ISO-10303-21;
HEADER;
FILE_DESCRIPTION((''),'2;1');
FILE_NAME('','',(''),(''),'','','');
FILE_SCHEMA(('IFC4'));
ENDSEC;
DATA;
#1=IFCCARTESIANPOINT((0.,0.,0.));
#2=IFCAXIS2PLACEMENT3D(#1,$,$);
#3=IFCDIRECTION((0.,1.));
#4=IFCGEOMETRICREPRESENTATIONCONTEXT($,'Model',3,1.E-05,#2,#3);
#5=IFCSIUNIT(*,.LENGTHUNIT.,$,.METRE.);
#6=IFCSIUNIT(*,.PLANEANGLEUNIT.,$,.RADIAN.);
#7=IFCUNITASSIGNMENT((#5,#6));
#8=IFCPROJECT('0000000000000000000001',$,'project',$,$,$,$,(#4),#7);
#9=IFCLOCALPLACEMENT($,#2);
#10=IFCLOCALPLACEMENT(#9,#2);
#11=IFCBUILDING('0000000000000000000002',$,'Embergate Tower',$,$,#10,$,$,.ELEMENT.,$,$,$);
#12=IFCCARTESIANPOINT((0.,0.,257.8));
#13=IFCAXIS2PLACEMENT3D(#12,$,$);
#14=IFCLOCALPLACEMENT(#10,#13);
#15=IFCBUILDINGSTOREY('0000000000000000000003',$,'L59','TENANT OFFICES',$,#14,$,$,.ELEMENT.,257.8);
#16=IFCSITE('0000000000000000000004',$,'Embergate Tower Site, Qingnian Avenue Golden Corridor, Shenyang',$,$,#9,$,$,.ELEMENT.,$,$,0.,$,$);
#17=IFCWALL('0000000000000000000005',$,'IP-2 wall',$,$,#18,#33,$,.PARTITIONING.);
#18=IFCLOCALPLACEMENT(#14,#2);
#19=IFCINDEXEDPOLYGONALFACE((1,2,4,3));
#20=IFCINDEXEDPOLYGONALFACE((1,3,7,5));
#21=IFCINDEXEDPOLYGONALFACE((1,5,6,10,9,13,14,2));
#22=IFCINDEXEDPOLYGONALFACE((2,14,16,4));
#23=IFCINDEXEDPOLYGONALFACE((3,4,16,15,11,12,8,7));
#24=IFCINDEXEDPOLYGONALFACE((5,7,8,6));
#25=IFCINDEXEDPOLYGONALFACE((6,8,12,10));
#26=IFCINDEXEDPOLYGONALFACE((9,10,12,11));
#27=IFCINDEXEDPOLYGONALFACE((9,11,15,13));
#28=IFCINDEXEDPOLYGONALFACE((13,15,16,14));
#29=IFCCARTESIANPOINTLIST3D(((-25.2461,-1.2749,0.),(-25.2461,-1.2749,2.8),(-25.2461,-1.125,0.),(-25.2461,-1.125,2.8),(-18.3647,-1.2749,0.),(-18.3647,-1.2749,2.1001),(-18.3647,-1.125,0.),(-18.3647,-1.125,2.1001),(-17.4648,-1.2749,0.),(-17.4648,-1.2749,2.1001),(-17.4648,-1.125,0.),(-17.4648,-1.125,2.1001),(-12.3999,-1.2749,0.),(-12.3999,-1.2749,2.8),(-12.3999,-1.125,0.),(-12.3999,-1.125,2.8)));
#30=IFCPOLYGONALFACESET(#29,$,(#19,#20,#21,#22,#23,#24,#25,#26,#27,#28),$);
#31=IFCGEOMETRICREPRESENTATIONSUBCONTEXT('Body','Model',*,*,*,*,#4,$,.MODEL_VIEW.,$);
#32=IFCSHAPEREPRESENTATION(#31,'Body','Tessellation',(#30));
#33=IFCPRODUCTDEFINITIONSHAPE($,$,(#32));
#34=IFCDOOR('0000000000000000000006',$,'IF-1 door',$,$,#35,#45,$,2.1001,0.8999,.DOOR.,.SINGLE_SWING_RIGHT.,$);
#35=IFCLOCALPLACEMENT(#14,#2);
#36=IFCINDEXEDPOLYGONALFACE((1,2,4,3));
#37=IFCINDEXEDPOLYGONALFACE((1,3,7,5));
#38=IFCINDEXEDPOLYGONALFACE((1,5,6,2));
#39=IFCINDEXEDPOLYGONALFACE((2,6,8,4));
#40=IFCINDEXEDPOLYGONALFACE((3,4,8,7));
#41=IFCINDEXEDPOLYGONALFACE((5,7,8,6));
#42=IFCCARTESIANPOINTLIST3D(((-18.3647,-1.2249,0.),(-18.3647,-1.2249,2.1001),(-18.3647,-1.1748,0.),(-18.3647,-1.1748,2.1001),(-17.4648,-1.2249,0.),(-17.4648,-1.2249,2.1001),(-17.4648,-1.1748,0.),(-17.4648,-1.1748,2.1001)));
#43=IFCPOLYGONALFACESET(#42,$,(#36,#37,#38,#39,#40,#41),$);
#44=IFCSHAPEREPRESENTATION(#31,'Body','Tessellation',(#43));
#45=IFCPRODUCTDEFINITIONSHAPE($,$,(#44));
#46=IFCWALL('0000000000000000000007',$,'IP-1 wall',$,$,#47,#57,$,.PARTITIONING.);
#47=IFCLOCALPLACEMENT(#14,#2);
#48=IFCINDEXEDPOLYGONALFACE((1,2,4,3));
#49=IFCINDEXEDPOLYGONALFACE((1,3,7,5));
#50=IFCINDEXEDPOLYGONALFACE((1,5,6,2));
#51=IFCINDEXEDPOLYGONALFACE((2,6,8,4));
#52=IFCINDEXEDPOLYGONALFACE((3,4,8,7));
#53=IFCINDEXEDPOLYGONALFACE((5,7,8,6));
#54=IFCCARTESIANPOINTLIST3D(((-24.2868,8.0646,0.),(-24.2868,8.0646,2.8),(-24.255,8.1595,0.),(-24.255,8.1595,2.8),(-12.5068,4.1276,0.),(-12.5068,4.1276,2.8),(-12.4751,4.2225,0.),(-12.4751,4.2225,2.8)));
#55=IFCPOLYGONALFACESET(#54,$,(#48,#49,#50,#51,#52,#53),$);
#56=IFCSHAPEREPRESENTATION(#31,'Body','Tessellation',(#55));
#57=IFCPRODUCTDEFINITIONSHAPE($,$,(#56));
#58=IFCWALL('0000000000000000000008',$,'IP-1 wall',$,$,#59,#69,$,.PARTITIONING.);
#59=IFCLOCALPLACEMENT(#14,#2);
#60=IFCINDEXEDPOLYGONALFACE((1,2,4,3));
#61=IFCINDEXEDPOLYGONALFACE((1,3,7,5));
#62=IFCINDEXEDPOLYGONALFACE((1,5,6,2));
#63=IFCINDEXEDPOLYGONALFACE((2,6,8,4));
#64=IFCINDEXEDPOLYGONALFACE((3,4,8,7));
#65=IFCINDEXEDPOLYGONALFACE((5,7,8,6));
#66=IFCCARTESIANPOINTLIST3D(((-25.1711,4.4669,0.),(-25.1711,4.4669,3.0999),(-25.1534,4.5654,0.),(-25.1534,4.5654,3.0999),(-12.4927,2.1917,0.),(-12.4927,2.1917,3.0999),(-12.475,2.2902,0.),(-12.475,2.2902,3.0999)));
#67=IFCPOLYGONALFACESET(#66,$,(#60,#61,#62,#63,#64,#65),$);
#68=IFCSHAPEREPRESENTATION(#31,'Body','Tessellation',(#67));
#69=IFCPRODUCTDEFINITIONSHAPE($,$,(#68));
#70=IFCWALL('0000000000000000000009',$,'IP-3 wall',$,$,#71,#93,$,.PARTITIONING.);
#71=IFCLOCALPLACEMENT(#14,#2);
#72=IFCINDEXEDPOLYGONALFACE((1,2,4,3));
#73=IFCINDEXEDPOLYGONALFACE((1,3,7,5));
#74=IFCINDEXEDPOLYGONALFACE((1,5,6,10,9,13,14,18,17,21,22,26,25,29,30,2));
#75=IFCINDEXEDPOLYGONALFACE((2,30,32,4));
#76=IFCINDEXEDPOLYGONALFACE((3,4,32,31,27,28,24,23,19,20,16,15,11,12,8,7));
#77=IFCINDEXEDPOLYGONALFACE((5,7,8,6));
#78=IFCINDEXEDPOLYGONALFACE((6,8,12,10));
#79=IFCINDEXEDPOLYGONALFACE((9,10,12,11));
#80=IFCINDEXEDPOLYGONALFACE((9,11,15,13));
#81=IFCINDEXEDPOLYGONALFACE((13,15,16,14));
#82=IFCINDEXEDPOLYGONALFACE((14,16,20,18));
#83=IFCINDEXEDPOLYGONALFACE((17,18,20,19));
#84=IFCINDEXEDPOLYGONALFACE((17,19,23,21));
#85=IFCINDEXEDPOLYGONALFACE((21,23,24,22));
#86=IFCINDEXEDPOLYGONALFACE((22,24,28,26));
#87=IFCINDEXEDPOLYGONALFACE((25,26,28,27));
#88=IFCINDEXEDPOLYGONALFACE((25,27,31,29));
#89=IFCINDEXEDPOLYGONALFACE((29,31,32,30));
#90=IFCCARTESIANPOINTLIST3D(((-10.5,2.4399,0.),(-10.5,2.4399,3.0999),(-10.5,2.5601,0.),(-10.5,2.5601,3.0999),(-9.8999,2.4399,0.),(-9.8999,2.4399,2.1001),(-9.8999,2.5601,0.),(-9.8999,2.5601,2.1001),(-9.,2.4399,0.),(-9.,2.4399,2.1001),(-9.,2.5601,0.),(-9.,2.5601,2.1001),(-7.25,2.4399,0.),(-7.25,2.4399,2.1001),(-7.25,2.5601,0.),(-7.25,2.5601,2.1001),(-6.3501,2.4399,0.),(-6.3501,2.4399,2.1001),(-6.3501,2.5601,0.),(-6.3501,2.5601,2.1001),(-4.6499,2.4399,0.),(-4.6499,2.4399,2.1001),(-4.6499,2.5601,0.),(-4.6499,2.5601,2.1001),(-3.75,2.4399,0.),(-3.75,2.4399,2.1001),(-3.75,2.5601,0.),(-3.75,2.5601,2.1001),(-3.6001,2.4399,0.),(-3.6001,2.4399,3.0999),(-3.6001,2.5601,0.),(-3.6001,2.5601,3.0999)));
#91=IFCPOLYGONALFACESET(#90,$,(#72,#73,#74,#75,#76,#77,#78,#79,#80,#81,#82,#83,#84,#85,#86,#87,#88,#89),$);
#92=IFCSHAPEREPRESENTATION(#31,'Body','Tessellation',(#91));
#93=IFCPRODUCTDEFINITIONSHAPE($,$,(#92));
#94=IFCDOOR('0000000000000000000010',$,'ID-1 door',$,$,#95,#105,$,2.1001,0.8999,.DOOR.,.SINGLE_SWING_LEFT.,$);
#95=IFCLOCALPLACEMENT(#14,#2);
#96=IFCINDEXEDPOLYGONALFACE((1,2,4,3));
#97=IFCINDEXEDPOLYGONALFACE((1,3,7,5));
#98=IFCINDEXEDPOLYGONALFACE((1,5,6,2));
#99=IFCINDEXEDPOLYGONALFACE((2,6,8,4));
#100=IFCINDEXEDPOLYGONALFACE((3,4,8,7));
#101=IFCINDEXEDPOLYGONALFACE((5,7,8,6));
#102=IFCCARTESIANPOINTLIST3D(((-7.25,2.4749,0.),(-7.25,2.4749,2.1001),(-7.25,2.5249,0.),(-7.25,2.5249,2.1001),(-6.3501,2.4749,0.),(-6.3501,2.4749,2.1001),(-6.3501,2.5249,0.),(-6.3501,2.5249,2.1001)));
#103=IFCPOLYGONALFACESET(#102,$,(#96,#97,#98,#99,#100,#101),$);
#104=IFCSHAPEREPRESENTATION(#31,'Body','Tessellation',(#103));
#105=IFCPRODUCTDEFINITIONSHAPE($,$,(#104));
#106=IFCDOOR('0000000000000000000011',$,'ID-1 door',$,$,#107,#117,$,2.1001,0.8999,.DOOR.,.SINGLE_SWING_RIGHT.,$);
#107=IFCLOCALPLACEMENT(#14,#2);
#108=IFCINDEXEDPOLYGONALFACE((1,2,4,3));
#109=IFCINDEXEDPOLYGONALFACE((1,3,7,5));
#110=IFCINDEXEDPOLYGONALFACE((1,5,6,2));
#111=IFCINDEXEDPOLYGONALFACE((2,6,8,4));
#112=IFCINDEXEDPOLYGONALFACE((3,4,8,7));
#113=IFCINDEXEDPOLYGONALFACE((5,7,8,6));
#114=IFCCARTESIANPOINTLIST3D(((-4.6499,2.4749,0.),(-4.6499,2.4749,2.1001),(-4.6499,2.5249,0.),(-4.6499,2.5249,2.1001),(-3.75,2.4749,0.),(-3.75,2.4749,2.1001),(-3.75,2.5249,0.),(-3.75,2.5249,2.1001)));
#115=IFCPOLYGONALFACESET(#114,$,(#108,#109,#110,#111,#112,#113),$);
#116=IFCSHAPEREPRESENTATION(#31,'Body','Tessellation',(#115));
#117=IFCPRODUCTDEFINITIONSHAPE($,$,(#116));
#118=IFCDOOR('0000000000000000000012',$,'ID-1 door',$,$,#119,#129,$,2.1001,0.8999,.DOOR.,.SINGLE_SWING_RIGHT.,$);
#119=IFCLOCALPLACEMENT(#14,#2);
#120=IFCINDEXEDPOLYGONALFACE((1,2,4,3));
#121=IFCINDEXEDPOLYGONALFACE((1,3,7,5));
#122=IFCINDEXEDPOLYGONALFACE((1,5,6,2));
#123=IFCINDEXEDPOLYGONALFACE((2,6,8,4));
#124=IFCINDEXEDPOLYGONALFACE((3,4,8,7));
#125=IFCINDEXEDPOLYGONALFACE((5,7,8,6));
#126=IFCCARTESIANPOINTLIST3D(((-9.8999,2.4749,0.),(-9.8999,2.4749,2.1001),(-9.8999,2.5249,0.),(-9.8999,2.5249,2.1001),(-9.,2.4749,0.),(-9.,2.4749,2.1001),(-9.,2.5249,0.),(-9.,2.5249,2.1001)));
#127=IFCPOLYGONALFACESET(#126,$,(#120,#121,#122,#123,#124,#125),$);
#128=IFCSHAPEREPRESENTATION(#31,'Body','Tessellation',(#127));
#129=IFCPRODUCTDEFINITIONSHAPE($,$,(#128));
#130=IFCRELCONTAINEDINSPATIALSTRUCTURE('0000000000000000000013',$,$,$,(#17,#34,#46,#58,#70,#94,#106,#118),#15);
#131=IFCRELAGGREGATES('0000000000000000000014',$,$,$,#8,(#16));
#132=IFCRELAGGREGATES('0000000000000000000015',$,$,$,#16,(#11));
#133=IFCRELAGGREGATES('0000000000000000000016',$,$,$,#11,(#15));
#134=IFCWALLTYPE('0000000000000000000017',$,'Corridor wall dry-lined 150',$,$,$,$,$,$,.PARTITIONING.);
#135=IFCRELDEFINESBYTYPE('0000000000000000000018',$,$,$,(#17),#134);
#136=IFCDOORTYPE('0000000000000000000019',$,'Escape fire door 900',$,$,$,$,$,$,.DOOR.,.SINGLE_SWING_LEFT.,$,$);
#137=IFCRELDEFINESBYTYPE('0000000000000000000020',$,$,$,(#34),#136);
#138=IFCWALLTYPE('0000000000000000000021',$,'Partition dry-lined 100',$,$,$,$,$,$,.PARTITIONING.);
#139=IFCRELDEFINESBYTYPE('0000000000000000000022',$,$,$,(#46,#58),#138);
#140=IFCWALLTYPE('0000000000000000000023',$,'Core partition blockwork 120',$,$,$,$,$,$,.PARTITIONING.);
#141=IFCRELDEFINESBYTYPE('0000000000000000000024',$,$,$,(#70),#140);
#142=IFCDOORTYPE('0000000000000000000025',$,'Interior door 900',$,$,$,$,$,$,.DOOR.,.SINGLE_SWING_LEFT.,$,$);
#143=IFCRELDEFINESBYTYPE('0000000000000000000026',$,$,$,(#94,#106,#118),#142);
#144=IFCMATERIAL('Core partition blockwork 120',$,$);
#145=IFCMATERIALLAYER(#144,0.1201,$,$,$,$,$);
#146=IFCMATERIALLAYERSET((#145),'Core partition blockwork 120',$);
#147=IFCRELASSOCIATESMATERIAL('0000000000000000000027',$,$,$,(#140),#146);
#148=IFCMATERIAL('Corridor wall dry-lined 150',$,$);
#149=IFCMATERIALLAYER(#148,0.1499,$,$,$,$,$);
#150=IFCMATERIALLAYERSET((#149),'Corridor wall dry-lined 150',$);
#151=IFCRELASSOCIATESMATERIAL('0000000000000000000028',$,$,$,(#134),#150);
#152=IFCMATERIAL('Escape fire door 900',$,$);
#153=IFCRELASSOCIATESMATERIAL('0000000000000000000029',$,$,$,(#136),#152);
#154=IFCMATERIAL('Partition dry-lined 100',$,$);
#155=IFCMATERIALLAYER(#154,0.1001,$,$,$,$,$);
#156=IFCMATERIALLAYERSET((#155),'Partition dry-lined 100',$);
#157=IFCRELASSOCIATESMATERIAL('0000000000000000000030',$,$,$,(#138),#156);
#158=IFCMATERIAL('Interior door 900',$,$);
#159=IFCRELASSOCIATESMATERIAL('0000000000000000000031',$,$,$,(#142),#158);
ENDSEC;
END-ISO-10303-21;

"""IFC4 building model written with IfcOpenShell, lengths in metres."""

from ifc_helpers import new_model, si_unit, direction, frame, frame_2d, origin, place, context, subcontext, project, spatial, rectangle, extrude, source, transform, mapped, material, layer, layer_set, type_object, element, fill, save


model = new_model("IFC4")

# Units and contexts
model_context = context("Model", 3, precision=1e-05, world=origin(), true_north=direction((0.0, 1.0)))
body_context = subcontext(model_context, "Body", "Model", "MODEL_VIEW")
ifc_project = project(units=[si_unit("LENGTHUNIT", "METRE"), si_unit("PLANEANGLEUNIT", "RADIAN")], contexts=[model_context])

# Site, building, storey
site_placement = place(None, origin())
site = spatial("IfcSite", under=ifc_project, at=site_placement, Name="Embergate Tower Site, Qingnian Avenue Golden Corridor, Shenyang", CompositionType="ELEMENT", RefElevation=0.0)
building_placement = place(site_placement, origin())
building = spatial("IfcBuilding", under=site, at=building_placement, Name="Embergate Tower", CompositionType="ELEMENT")
storey_placement = place(building_placement, frame((0.0, 0.0, 257.8)))
storey = spatial("IfcBuildingStorey", under=building, at=storey_placement, Name="L59", Description="TENANT OFFICES", CompositionType="ELEMENT", Elevation=257.8)

# Shared definitions
ifc_material_1 = material(Name="Core partition blockwork 120")
ifc_layer_1 = layer(ifc_material_1, 0.1201)
ifc_layer_set_1 = layer_set([ifc_layer_1], Name="Core partition blockwork 120")
wall_type_1 = type_object("IfcWallType", Name="Core partition blockwork 120", PredefinedType="PARTITIONING", material=ifc_layer_set_1)

# Wall, opening, door
ifc_material_2 = material(Name="Corridor wall dry-lined 150")
ifc_layer_2 = layer(ifc_material_2, 0.1499)
ifc_layer_set_2 = layer_set([ifc_layer_2], Name="Corridor wall dry-lined 150")
wall_type_2 = type_object("IfcWallType", Name="Corridor wall dry-lined 150", PredefinedType="PARTITIONING", material=ifc_layer_set_2)
shared_shape_1 = source(origin(), body_context, "Body", "SweptSolid", [
    extrude(rectangle(XDim=12.8462, YDim=0.1499, at=frame_2d((6.4231, 0.0))), origin(), (0.0, 0.0, 1.0), 2.8),
])
wall_1_placement = place(storey_placement, frame((-12.3999, -1.2, 0.0), z_axis=(0.0, 0.0, 1.0), x_axis=(-1.0, 0.0, 0.0)))
wall_1 = element("IfcWall", 1, at=wall_1_placement, inside=storey, type_object=wall_type_2, Name="IP-2 wall", PredefinedType="PARTITIONING", context=body_context, shape_type="MappedRepresentation", body=[
    mapped(shared_shape_1, transform((0.0, 0.0, 0.0))),
])
shared_shape_2 = source(origin(), body_context, "Body", "SweptSolid", [
    extrude(rectangle(XDim=0.8999, YDim=2.1001, at=frame_2d((0.45, 1.05))), frame((0.0, 0.085, 0.0), z_axis=(0.0, -1.0, 0.0), x_axis=(1.0, 0.0, 0.0)), (0.0, 0.0, 1.0), 0.1699),
])
opening_1_placement = place(wall_1_placement, frame((5.0649, 0.0, 0.0)))
opening_1 = element("IfcOpeningElement", 2, at=opening_1_placement, cuts=wall_1, PredefinedType="OPENING", context=body_context, shape_type="MappedRepresentation", body=[
    mapped(shared_shape_2, transform((0.0, 0.0, 0.0))),
])
ifc_material_3 = material(Name="Escape fire door 900")
door_type_1 = type_object("IfcDoorType", Name="Escape fire door 900", OperationType="SINGLE_SWING_LEFT", PredefinedType="DOOR", material=ifc_material_3)
shared_shape_3 = source(origin(), body_context, "Body", "SweptSolid", [
    extrude(rectangle(XDim=0.8999, YDim=2.1001, at=frame_2d((0.45, 1.05))), frame((0.0, 0.0249, 0.0), z_axis=(0.0, -1.0, 0.0), x_axis=(1.0, 0.0, 0.0)), (0.0, 0.0, 1.0), 0.05),
])
door_1_placement = place(opening_1_placement, origin())
door_1 = element("IfcDoor", 3, at=door_1_placement, inside=storey, type_object=door_type_1, Name="IF-1 door", OperationType="SINGLE_SWING_RIGHT", OverallHeight=2.1001, OverallWidth=0.8999, PredefinedType="DOOR", context=body_context, shape_type="MappedRepresentation", body=[
    mapped(shared_shape_3, transform((0.0, 0.0, 0.0))),
])
fill(opening_1, door_1)

# Walls
ifc_material_4 = material(Name="Partition dry-lined 100")
ifc_layer_3 = layer(ifc_material_4, 0.1001)
ifc_layer_set_3 = layer_set([ifc_layer_3], Name="Partition dry-lined 100")
wall_type_3 = type_object("IfcWallType", Name="Partition dry-lined 100", PredefinedType="PARTITIONING", material=ifc_layer_set_3)
shared_shape_4 = source(origin(), body_context, "Body", "SweptSolid", [
    extrude(rectangle(XDim=12.4204, YDim=0.1001, at=frame_2d((6.2102, 0.0))), origin(), (0.0, 0.0, 1.0), 2.8),
])
wall_2_placement = place(storey_placement, frame((-12.491, 4.175, 0.0), z_axis=(0.0, 0.0, 1.0), x_axis=(-0.948433, 0.316977, 0.0)))
element("IfcWall", 4, at=wall_2_placement, inside=storey, type_object=wall_type_3, Name="IP-1 wall", PredefinedType="PARTITIONING", context=body_context, shape_type="MappedRepresentation", body=[
    mapped(shared_shape_4, transform((0.0, 0.0, 0.0))),
])
shared_shape_5 = source(origin(), body_context, "Body", "SweptSolid", [
    extrude(rectangle(XDim=12.8809, YDim=0.1001, at=frame_2d((6.4404, 0.0))), origin(), (0.0, 0.0, 1.0), 3.0999),
])
wall_3_placement = place(storey_placement, frame((-12.4839, 2.241, 0.0), z_axis=(0.0, 0.0, 1.0), x_axis=(-0.984277, 0.176632, 0.0)))
element("IfcWall", 5, at=wall_3_placement, inside=storey, type_object=wall_type_3, Name="IP-1 wall", PredefinedType="PARTITIONING", context=body_context, shape_type="MappedRepresentation", body=[
    mapped(shared_shape_5, transform((0.0, 0.0, 0.0))),
])

# Wall, openings, doors
shared_shape_6 = source(origin(), body_context, "Body", "SweptSolid", [
    extrude(rectangle(XDim=6.8999, YDim=0.1201, at=frame_2d((3.45, 0.0))), origin(), (0.0, 0.0, 1.0), 3.0999),
])
wall_4_placement = place(storey_placement, frame((-10.5, 2.5, 0.0), z_axis=(0.0, 0.0, 1.0), x_axis=(1.0, 0.0, 0.0)))
wall_4 = element("IfcWall", 6, at=wall_4_placement, inside=storey, type_object=wall_type_1, Name="IP-3 wall", PredefinedType="PARTITIONING", context=body_context, shape_type="MappedRepresentation", body=[
    mapped(shared_shape_6, transform((0.0, 0.0, 0.0))),
])
shared_shape_7 = source(origin(), body_context, "Body", "SweptSolid", [
    extrude(rectangle(XDim=0.8999, YDim=2.1001, at=frame_2d((0.45, 1.05))), frame((0.0, 0.0701, 0.0), z_axis=(0.0, -1.0, 0.0), x_axis=(1.0, 0.0, 0.0)), (0.0, 0.0, 1.0), 0.1401),
])
opening_2_placement = place(wall_4_placement, frame((3.25, 0.0, 0.0)))
opening_2 = element("IfcOpeningElement", 7, at=opening_2_placement, cuts=wall_4, PredefinedType="OPENING", context=body_context, shape_type="MappedRepresentation", body=[
    mapped(shared_shape_7, transform((0.0, 0.0, 0.0))),
])
opening_3_placement = place(wall_4_placement, frame((5.8501, 0.0, 0.0)))
opening_3 = element("IfcOpeningElement", 8, at=opening_3_placement, cuts=wall_4, PredefinedType="OPENING", context=body_context, shape_type="MappedRepresentation", body=[
    mapped(shared_shape_7, transform((0.0, 0.0, 0.0))),
])
opening_4_placement = place(wall_4_placement, frame((0.6001, 0.0, 0.0)))
opening_4 = element("IfcOpeningElement", 9, at=opening_4_placement, cuts=wall_4, PredefinedType="OPENING", context=body_context, shape_type="MappedRepresentation", body=[
    mapped(shared_shape_7, transform((0.0, 0.0, 0.0))),
])
ifc_material_5 = material(Name="Interior door 900")
door_type_2 = type_object("IfcDoorType", Name="Interior door 900", OperationType="SINGLE_SWING_LEFT", PredefinedType="DOOR", material=ifc_material_5)
door_2_placement = place(opening_2_placement, origin())
door_2 = element("IfcDoor", 10, at=door_2_placement, inside=storey, type_object=door_type_2, Name="ID-1 door", OperationType="SINGLE_SWING_LEFT", OverallHeight=2.1001, OverallWidth=0.8999, PredefinedType="DOOR", context=body_context, shape_type="MappedRepresentation", body=[
    mapped(shared_shape_3, transform((0.0, 0.0, 0.0))),
])
fill(opening_2, door_2)
door_3_placement = place(opening_3_placement, origin())
door_3 = element("IfcDoor", 11, at=door_3_placement, inside=storey, type_object=door_type_2, Name="ID-1 door", OperationType="SINGLE_SWING_RIGHT", OverallHeight=2.1001, OverallWidth=0.8999, PredefinedType="DOOR", context=body_context, shape_type="MappedRepresentation", body=[
    mapped(shared_shape_3, transform((0.0, 0.0, 0.0))),
])
fill(opening_3, door_3)
door_4_placement = place(opening_4_placement, origin())
door_4 = element("IfcDoor", 12, at=door_4_placement, inside=storey, type_object=door_type_2, Name="ID-1 door", OperationType="SINGLE_SWING_RIGHT", OverallHeight=2.1001, OverallWidth=0.8999, PredefinedType="DOOR", context=body_context, shape_type="MappedRepresentation", body=[
    mapped(shared_shape_3, transform((0.0, 0.0, 0.0))),
])
fill(opening_4, door_4)

save(model, "model.ifc")
